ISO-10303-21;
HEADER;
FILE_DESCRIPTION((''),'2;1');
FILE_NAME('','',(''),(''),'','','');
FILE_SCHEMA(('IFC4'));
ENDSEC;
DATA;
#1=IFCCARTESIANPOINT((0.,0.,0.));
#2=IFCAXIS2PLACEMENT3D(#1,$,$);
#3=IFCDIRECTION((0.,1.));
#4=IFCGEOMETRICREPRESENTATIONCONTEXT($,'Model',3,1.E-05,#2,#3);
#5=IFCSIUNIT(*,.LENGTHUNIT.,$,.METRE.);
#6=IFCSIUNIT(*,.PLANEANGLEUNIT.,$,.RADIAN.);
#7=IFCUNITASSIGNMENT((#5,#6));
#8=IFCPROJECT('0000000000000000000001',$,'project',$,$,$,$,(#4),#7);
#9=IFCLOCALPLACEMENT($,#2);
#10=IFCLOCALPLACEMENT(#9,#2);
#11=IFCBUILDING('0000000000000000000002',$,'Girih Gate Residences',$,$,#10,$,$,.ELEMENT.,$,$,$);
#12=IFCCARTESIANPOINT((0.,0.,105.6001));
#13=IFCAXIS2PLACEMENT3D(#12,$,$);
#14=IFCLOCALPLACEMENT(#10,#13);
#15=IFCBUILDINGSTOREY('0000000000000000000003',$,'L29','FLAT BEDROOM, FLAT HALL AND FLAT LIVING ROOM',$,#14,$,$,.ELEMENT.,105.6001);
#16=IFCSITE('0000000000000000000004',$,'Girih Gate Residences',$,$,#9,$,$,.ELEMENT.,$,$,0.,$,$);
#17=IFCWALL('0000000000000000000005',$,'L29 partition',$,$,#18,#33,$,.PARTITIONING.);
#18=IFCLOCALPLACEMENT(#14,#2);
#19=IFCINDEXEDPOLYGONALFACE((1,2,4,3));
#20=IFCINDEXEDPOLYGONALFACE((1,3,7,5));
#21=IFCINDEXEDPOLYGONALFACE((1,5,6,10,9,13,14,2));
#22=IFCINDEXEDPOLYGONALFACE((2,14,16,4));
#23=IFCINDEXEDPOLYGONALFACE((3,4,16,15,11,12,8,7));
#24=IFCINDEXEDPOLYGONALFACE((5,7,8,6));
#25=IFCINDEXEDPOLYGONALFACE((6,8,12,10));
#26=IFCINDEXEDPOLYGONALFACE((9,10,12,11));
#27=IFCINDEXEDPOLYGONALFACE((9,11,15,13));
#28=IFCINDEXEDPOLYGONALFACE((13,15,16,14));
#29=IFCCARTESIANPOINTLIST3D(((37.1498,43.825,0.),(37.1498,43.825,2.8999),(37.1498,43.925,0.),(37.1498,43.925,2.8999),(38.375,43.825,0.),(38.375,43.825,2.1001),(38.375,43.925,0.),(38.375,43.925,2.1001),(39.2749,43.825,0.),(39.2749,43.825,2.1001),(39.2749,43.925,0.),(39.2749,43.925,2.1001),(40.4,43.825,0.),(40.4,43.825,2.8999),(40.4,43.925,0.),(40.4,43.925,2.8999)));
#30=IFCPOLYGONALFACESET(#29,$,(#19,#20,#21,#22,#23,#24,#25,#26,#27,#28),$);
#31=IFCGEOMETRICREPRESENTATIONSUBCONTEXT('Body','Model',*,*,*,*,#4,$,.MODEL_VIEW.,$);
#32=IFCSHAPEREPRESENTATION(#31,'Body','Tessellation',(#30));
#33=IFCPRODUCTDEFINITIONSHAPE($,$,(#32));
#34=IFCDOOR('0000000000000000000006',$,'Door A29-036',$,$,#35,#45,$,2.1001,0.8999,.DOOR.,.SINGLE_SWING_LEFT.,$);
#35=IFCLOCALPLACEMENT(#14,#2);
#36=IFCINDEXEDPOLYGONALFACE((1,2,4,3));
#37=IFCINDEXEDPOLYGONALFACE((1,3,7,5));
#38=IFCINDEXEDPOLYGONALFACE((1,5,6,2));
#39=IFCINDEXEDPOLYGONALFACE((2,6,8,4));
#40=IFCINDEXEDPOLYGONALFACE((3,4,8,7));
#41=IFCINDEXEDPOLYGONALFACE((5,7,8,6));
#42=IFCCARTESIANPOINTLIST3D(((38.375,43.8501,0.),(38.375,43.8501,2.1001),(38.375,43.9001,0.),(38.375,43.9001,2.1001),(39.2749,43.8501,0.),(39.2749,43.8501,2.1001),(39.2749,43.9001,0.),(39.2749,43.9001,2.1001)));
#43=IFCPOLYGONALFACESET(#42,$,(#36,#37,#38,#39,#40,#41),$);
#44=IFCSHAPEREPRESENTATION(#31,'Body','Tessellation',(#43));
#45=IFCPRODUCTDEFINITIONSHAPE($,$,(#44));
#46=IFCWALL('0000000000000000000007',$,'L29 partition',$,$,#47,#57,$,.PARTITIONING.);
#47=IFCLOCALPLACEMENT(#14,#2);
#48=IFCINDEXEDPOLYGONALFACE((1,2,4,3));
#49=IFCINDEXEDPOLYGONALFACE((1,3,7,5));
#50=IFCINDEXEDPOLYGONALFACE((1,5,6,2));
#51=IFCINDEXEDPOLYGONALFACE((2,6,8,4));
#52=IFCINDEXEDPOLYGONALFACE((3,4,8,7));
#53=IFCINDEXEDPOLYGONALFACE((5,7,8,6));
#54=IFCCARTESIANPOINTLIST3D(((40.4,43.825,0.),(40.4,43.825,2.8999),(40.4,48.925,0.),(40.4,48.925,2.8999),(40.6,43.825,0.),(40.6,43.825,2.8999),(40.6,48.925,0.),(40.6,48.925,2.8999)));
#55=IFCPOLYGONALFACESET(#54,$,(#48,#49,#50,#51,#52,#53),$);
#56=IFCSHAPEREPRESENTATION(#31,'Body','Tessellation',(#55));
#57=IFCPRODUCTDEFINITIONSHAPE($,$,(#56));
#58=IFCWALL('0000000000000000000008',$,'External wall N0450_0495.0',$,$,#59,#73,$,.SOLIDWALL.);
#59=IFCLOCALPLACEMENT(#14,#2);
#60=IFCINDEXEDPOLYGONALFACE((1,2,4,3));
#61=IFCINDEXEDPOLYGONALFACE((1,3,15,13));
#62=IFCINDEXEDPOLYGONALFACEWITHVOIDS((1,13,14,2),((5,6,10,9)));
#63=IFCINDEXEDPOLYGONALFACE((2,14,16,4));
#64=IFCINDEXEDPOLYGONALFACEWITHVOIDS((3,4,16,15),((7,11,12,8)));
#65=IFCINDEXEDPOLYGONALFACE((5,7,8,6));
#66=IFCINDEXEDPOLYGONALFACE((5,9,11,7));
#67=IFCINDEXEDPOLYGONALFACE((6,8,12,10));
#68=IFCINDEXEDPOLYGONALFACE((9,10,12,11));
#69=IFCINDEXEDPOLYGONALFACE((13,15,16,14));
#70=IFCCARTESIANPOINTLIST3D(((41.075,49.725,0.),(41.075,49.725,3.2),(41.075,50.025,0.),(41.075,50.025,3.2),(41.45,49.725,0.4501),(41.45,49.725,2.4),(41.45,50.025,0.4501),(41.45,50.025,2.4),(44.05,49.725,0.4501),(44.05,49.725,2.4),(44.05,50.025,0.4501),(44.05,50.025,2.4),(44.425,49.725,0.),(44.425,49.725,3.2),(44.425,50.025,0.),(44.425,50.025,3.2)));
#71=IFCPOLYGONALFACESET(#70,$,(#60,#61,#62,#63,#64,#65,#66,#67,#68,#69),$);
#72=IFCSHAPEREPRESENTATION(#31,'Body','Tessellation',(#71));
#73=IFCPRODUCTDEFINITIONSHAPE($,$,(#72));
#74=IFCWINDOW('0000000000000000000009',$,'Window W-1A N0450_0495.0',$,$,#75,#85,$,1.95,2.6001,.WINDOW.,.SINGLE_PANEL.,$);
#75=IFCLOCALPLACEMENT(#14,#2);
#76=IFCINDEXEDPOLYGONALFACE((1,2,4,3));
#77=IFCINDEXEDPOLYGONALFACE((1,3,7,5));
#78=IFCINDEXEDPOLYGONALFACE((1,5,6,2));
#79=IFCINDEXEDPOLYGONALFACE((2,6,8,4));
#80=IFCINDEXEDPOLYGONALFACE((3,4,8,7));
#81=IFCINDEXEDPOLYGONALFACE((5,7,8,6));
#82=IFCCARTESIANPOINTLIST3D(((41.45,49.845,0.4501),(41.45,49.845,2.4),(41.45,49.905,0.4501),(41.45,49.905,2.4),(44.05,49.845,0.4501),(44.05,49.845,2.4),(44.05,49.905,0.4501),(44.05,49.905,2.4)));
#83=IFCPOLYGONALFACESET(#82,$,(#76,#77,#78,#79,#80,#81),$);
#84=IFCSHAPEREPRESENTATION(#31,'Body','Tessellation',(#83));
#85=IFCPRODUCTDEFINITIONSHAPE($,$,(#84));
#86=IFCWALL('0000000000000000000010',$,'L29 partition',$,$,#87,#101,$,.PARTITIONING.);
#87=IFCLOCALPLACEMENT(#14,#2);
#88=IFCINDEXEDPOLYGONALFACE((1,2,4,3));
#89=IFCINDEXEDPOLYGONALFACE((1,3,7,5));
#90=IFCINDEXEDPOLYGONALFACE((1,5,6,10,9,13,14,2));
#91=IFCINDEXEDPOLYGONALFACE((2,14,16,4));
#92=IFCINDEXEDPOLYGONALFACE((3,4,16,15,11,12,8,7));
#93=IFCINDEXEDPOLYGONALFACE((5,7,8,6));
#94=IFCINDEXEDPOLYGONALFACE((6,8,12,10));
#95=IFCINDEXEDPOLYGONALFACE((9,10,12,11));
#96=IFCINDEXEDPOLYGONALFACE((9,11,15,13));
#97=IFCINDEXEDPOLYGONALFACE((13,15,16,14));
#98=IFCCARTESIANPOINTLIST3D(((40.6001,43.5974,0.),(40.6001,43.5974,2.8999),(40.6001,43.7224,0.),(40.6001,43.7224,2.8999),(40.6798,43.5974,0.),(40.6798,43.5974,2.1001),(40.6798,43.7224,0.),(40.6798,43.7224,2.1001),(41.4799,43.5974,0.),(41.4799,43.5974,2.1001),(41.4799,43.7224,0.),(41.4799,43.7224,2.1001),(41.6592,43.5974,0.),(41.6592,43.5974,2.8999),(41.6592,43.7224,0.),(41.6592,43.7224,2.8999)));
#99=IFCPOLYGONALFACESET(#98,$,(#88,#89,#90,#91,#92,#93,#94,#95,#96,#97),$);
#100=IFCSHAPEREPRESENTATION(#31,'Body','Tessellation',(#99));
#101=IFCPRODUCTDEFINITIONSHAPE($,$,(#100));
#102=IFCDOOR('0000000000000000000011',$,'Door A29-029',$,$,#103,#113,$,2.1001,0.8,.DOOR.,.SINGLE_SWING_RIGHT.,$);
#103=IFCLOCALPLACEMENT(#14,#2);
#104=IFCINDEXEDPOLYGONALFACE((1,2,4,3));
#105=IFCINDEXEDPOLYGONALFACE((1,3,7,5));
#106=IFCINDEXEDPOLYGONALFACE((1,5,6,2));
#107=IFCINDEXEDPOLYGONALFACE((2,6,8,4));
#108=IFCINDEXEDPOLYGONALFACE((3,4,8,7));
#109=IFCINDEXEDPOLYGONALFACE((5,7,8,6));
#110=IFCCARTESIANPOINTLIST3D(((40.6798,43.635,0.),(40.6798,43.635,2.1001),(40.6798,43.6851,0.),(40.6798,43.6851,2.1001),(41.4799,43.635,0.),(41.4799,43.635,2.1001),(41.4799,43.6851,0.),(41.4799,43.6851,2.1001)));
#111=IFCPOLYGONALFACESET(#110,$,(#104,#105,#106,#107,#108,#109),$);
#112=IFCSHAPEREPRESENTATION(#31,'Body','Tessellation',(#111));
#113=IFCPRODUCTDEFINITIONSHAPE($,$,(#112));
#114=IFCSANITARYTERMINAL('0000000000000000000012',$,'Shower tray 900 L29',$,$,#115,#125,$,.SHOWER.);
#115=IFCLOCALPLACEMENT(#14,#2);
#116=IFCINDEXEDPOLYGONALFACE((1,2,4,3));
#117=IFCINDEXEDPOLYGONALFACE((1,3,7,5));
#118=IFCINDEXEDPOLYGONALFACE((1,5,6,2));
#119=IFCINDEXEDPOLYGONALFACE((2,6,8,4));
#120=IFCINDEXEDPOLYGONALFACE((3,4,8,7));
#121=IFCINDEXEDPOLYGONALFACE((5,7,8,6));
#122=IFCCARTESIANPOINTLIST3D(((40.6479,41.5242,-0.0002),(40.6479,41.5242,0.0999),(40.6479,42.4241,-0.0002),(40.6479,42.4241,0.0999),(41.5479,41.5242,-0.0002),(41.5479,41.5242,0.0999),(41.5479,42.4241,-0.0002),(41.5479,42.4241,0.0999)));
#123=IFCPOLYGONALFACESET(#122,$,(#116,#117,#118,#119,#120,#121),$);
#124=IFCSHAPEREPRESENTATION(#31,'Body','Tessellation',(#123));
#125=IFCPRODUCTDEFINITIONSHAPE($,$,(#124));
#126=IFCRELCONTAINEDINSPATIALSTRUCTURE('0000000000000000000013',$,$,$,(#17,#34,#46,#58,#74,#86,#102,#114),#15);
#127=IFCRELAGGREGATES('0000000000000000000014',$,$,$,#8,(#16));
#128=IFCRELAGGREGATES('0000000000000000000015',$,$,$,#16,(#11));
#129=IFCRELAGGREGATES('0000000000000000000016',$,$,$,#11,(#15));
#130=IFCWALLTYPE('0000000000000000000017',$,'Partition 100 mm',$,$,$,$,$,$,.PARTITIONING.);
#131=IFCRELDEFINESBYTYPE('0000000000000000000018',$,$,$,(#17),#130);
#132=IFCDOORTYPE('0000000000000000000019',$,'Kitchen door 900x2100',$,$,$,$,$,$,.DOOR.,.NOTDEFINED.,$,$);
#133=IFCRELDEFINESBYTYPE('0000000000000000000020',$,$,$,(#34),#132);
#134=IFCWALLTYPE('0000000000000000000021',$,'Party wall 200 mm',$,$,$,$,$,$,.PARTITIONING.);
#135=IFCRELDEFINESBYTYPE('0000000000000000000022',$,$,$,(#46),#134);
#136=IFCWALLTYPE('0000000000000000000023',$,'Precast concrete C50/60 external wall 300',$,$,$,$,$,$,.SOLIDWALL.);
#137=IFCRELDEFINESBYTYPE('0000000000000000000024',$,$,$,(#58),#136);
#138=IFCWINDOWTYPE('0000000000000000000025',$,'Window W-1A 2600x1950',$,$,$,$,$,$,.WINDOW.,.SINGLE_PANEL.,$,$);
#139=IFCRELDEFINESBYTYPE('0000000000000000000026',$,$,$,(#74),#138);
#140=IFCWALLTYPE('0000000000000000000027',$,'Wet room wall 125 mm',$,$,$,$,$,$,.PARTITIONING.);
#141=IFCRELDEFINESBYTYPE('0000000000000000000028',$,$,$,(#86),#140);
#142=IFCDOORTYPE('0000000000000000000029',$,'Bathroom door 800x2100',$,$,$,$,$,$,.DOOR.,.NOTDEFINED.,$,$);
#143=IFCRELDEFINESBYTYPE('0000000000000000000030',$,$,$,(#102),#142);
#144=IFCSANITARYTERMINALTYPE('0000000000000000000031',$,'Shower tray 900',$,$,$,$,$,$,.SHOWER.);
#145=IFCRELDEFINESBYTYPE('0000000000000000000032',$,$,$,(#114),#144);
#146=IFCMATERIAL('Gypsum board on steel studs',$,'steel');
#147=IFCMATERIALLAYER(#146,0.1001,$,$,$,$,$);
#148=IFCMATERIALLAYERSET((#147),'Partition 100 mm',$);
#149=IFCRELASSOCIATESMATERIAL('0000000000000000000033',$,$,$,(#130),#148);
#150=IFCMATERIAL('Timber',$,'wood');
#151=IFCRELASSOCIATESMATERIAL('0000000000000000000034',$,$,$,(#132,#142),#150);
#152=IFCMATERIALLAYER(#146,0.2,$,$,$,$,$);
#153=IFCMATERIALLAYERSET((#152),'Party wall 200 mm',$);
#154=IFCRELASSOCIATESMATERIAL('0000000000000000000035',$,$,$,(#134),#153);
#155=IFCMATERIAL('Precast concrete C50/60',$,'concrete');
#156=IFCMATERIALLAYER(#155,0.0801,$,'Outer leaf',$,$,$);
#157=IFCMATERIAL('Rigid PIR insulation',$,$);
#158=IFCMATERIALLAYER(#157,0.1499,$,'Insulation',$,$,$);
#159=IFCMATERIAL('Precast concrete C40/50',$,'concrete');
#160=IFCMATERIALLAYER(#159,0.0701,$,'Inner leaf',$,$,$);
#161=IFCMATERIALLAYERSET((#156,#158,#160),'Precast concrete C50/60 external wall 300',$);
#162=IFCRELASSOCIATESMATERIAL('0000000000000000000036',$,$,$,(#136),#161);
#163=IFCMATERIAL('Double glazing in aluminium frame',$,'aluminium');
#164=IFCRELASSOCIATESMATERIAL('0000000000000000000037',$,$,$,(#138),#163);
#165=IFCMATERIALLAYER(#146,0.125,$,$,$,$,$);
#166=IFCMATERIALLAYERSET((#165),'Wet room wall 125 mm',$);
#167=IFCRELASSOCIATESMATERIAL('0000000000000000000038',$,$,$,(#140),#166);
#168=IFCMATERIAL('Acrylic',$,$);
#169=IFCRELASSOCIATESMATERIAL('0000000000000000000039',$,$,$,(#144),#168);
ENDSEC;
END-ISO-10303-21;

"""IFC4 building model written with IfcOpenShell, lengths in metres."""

from ifc_helpers import new_model, si_unit, direction, frame, frame_2d, origin, origin_2d, place, context, subcontext, project, spatial, rectangle, extrude, material, layer, layer_set, type_object, element, fill, save


model = new_model("IFC4")

# Units and contexts
model_context = context("Model", 3, precision=1e-05, world=origin(), true_north=direction((0.0, 1.0)))
body_context = subcontext(model_context, "Body", "Model", "MODEL_VIEW")
ifc_project = project(units=[si_unit("LENGTHUNIT", "METRE"), si_unit("PLANEANGLEUNIT", "RADIAN")], contexts=[model_context])

# Site, building, storey
site_placement = place(None, origin())
site = spatial("IfcSite", under=ifc_project, at=site_placement, Name="Girih Gate Residences", CompositionType="ELEMENT", RefElevation=0.0)
building_placement = place(site_placement, origin())
building = spatial("IfcBuilding", under=site, at=building_placement, Name="Girih Gate Residences", CompositionType="ELEMENT")
storey_placement = place(building_placement, frame((0.0, 0.0, 105.6001)))
storey = spatial("IfcBuildingStorey", under=building, at=storey_placement, Name="L29", Description="FLAT BEDROOM, FLAT HALL AND FLAT LIVING ROOM", CompositionType="ELEMENT", Elevation=105.6001)

# Wall, opening, door
ifc_material_1 = material(Name="Gypsum board on steel studs", Category="steel")
ifc_layer_1 = layer(ifc_material_1, 0.1001)
ifc_layer_set_1 = layer_set([ifc_layer_1], Name="Partition 100 mm")
wall_type_1 = type_object("IfcWallType", Name="Partition 100 mm", PredefinedType="PARTITIONING", material=ifc_layer_set_1)
ifc_material_2 = material(Name="Timber", Category="wood")
door_type_1 = type_object("IfcDoorType", Name="Kitchen door 900x2100", OperationType="NOTDEFINED", PredefinedType="DOOR", material=ifc_material_2)
wall_1_placement = place(storey_placement, frame((40.3999, 43.875, 0.0), z_axis=(0.0, 0.0, 1.0), x_axis=(-1.0, 0.0, 0.0)))
wall_1 = element("IfcWall", 1, at=wall_1_placement, inside=storey, type_object=wall_type_1, Name="L29 partition", PredefinedType="PARTITIONING", context=body_context, shape_type="SweptSolid", body=[
    extrude(rectangle(XDim=3.2502, YDim=0.1001, at=frame_2d((1.625, 0.0))), origin(), (0.0, 0.0, 1.0), 2.8999),
])
opening_1_placement = place(wall_1_placement, frame((1.125, 0.0, 0.0)))
opening_1 = element("IfcOpeningElement", 2, at=opening_1_placement, cuts=wall_1, PredefinedType="OPENING", context=body_context, shape_type="SweptSolid", body=[
    extrude(rectangle(XDim=0.8999, YDim=2.1001, at=frame_2d((0.45, 1.05))), frame((0.0, 0.0601, 0.0), z_axis=(0.0, -1.0, 0.0), x_axis=(1.0, 0.0, 0.0)), (0.0, 0.0, 1.0), 0.1201),
])
door_1_placement = place(opening_1_placement, origin())
door_1 = element("IfcDoor", 3, at=door_1_placement, inside=storey, type_object=door_type_1, Name="Door A29-036", OperationType="SINGLE_SWING_LEFT", OverallHeight=2.1001, OverallWidth=0.8999, PredefinedType="DOOR", context=body_context, shape_type="SweptSolid", body=[
    extrude(rectangle(XDim=0.8999, YDim=2.1001, at=frame_2d((0.45, 1.05))), frame((0.0, 0.0249, 0.0), z_axis=(0.0, -1.0, 0.0), x_axis=(1.0, 0.0, 0.0)), (0.0, 0.0, 1.0), 0.05),
])
fill(opening_1, door_1)

# Wall
ifc_layer_2 = layer(ifc_material_1, 0.2)
ifc_layer_set_2 = layer_set([ifc_layer_2], Name="Party wall 200 mm")
wall_type_2 = type_object("IfcWallType", Name="Party wall 200 mm", PredefinedType="PARTITIONING", material=ifc_layer_set_2)
wall_2_placement = place(storey_placement, frame((40.5, 43.825, 0.0), z_axis=(0.0, 0.0, 1.0), x_axis=(0.0, 1.0, 0.0)))
element("IfcWall", 4, at=wall_2_placement, inside=storey, type_object=wall_type_2, Name="L29 partition", PredefinedType="PARTITIONING", context=body_context, shape_type="SweptSolid", body=[
    extrude(rectangle(XDim=5.1001, YDim=0.2, at=frame_2d((2.55, 0.0))), origin(), (0.0, 0.0, 1.0), 2.8999),
])

# Wall, opening, window
ifc_material_3 = material(Name="Precast concrete C50/60", Category="concrete")
ifc_layer_3 = layer(ifc_material_3, 0.0801, Name="Outer leaf")
ifc_material_4 = material(Name="Rigid PIR insulation")
ifc_layer_4 = layer(ifc_material_4, 0.1499, Name="Insulation")
ifc_material_5 = material(Name="Precast concrete C40/50", Category="concrete")
ifc_layer_5 = layer(ifc_material_5, 0.0701, Name="Inner leaf")
ifc_layer_set_3 = layer_set([ifc_layer_3, ifc_layer_4, ifc_layer_5], Name="Precast concrete C50/60 external wall 300")
wall_type_3 = type_object("IfcWallType", Name="Precast concrete C50/60 external wall 300", PredefinedType="SOLIDWALL", material=ifc_layer_set_3)
wall_3_placement = place(storey_placement, frame((41.075, 49.875, 0.0), z_axis=(0.0, 0.0, 1.0), x_axis=(1.0, 0.0, 0.0)))
wall_3 = element("IfcWall", 5, at=wall_3_placement, inside=storey, type_object=wall_type_3, Name="External wall N0450_0495.0", PredefinedType="SOLIDWALL", context=body_context, shape_type="SweptSolid", body=[
    extrude(rectangle(XDim=3.3501, YDim=0.3, at=frame_2d((1.675, 0.0))), origin(), (0.0, 0.0, 1.0), 3.2),
])
opening_2_placement = place(wall_3_placement, frame((0.375, 0.0, 0.45)))
opening_2 = element("IfcOpeningElement", 6, at=opening_2_placement, cuts=wall_3, PredefinedType="OPENING", context=body_context, shape_type="SweptSolid", body=[
    extrude(rectangle(XDim=2.6001, YDim=1.95, at=frame_2d((1.3, 0.9751))), frame((0.0, 0.1599, 0.0), z_axis=(0.0, -1.0, 0.0), x_axis=(1.0, 0.0, 0.0)), (0.0, 0.0, 1.0), 0.3201),
])
ifc_material_6 = material(Name="Double glazing in aluminium frame", Category="aluminium")
window_type = type_object("IfcWindowType", Name="Window W-1A 2600x1950", PartitioningType="SINGLE_PANEL", PredefinedType="WINDOW", material=ifc_material_6)
window_placement = place(opening_2_placement, origin())
window = element("IfcWindow", 7, at=window_placement, inside=storey, type_object=window_type, Name="Window W-1A N0450_0495.0", OverallHeight=1.95, OverallWidth=2.6001, PartitioningType="SINGLE_PANEL", PredefinedType="WINDOW", context=body_context, shape_type="SweptSolid", body=[
    extrude(rectangle(XDim=2.6001, YDim=1.95, at=frame_2d((1.3, 0.9751))), frame((0.0, 0.03, 0.0), z_axis=(0.0, -1.0, 0.0), x_axis=(1.0, 0.0, 0.0)), (0.0, 0.0, 1.0), 0.0601),
])
fill(opening_2, window)

# Wall, opening, door
ifc_layer_6 = layer(ifc_material_1, 0.125)
ifc_layer_set_4 = layer_set([ifc_layer_6], Name="Wet room wall 125 mm")
wall_type_4 = type_object("IfcWallType", Name="Wet room wall 125 mm", PredefinedType="PARTITIONING", material=ifc_layer_set_4)
wall_4_placement = place(storey_placement, frame((41.6592, 43.6599, 0.0), z_axis=(0.0, 0.0, 1.0), x_axis=(-1.0, 0.0, 0.0)))
wall_4 = element("IfcWall", 8, at=wall_4_placement, inside=storey, type_object=wall_type_4, Name="L29 partition", PredefinedType="PARTITIONING", context=body_context, shape_type="SweptSolid", body=[
    extrude(rectangle(XDim=1.0591, YDim=0.125, at=frame_2d((0.5295, 0.0))), origin(), (0.0, 0.0, 1.0), 2.8999),
])
opening_3_placement = place(wall_4_placement, frame((0.1794, 0.0, 0.0)))
opening_3 = element("IfcOpeningElement", 9, at=opening_3_placement, cuts=wall_4, PredefinedType="OPENING", context=body_context, shape_type="SweptSolid", body=[
    extrude(rectangle(XDim=0.8, YDim=2.1001, at=frame_2d((0.3999, 1.05))), frame((0.0, 0.0725, 0.0), z_axis=(0.0, -1.0, 0.0), x_axis=(1.0, 0.0, 0.0)), (0.0, 0.0, 1.0), 0.145),
])
door_type_2 = type_object("IfcDoorType", Name="Bathroom door 800x2100", OperationType="NOTDEFINED", PredefinedType="DOOR", material=ifc_material_2)
door_2_placement = place(opening_3_placement, origin())
door_2 = element("IfcDoor", 10, at=door_2_placement, inside=storey, type_object=door_type_2, Name="Door A29-029", OperationType="SINGLE_SWING_RIGHT", OverallHeight=2.1001, OverallWidth=0.8, PredefinedType="DOOR", context=body_context, shape_type="SweptSolid", body=[
    extrude(rectangle(XDim=0.8, YDim=2.1001, at=frame_2d((0.3999, 1.05))), frame((0.0, 0.0249, 0.0), z_axis=(0.0, -1.0, 0.0), x_axis=(1.0, 0.0, 0.0)), (0.0, 0.0, 1.0), 0.05),
])
fill(opening_3, door_2)

# Sanitary terminal
ifc_material_7 = material(Name="Acrylic")
sanitary_terminal_type = type_object("IfcSanitaryTerminalType", Name="Shower tray 900", PredefinedType="SHOWER", material=ifc_material_7)
sanitary_terminal_placement = place(storey_placement, frame((41.0979, 41.9741, -0.0002), z_axis=(0.0, 0.0, 1.0), x_axis=(1.0, 0.0, 0.0)))
element("IfcSanitaryTerminal", 11, at=sanitary_terminal_placement, inside=storey, type_object=sanitary_terminal_type, Name="Shower tray 900 L29", PredefinedType="SHOWER", context=body_context, shape_type="SweptSolid", body=[
    extrude(rectangle(XDim=0.8999, YDim=0.8999, at=origin_2d()), origin(), (0.0, 0.0, 1.0), 0.1001),
])

save(model, "model.ifc")
